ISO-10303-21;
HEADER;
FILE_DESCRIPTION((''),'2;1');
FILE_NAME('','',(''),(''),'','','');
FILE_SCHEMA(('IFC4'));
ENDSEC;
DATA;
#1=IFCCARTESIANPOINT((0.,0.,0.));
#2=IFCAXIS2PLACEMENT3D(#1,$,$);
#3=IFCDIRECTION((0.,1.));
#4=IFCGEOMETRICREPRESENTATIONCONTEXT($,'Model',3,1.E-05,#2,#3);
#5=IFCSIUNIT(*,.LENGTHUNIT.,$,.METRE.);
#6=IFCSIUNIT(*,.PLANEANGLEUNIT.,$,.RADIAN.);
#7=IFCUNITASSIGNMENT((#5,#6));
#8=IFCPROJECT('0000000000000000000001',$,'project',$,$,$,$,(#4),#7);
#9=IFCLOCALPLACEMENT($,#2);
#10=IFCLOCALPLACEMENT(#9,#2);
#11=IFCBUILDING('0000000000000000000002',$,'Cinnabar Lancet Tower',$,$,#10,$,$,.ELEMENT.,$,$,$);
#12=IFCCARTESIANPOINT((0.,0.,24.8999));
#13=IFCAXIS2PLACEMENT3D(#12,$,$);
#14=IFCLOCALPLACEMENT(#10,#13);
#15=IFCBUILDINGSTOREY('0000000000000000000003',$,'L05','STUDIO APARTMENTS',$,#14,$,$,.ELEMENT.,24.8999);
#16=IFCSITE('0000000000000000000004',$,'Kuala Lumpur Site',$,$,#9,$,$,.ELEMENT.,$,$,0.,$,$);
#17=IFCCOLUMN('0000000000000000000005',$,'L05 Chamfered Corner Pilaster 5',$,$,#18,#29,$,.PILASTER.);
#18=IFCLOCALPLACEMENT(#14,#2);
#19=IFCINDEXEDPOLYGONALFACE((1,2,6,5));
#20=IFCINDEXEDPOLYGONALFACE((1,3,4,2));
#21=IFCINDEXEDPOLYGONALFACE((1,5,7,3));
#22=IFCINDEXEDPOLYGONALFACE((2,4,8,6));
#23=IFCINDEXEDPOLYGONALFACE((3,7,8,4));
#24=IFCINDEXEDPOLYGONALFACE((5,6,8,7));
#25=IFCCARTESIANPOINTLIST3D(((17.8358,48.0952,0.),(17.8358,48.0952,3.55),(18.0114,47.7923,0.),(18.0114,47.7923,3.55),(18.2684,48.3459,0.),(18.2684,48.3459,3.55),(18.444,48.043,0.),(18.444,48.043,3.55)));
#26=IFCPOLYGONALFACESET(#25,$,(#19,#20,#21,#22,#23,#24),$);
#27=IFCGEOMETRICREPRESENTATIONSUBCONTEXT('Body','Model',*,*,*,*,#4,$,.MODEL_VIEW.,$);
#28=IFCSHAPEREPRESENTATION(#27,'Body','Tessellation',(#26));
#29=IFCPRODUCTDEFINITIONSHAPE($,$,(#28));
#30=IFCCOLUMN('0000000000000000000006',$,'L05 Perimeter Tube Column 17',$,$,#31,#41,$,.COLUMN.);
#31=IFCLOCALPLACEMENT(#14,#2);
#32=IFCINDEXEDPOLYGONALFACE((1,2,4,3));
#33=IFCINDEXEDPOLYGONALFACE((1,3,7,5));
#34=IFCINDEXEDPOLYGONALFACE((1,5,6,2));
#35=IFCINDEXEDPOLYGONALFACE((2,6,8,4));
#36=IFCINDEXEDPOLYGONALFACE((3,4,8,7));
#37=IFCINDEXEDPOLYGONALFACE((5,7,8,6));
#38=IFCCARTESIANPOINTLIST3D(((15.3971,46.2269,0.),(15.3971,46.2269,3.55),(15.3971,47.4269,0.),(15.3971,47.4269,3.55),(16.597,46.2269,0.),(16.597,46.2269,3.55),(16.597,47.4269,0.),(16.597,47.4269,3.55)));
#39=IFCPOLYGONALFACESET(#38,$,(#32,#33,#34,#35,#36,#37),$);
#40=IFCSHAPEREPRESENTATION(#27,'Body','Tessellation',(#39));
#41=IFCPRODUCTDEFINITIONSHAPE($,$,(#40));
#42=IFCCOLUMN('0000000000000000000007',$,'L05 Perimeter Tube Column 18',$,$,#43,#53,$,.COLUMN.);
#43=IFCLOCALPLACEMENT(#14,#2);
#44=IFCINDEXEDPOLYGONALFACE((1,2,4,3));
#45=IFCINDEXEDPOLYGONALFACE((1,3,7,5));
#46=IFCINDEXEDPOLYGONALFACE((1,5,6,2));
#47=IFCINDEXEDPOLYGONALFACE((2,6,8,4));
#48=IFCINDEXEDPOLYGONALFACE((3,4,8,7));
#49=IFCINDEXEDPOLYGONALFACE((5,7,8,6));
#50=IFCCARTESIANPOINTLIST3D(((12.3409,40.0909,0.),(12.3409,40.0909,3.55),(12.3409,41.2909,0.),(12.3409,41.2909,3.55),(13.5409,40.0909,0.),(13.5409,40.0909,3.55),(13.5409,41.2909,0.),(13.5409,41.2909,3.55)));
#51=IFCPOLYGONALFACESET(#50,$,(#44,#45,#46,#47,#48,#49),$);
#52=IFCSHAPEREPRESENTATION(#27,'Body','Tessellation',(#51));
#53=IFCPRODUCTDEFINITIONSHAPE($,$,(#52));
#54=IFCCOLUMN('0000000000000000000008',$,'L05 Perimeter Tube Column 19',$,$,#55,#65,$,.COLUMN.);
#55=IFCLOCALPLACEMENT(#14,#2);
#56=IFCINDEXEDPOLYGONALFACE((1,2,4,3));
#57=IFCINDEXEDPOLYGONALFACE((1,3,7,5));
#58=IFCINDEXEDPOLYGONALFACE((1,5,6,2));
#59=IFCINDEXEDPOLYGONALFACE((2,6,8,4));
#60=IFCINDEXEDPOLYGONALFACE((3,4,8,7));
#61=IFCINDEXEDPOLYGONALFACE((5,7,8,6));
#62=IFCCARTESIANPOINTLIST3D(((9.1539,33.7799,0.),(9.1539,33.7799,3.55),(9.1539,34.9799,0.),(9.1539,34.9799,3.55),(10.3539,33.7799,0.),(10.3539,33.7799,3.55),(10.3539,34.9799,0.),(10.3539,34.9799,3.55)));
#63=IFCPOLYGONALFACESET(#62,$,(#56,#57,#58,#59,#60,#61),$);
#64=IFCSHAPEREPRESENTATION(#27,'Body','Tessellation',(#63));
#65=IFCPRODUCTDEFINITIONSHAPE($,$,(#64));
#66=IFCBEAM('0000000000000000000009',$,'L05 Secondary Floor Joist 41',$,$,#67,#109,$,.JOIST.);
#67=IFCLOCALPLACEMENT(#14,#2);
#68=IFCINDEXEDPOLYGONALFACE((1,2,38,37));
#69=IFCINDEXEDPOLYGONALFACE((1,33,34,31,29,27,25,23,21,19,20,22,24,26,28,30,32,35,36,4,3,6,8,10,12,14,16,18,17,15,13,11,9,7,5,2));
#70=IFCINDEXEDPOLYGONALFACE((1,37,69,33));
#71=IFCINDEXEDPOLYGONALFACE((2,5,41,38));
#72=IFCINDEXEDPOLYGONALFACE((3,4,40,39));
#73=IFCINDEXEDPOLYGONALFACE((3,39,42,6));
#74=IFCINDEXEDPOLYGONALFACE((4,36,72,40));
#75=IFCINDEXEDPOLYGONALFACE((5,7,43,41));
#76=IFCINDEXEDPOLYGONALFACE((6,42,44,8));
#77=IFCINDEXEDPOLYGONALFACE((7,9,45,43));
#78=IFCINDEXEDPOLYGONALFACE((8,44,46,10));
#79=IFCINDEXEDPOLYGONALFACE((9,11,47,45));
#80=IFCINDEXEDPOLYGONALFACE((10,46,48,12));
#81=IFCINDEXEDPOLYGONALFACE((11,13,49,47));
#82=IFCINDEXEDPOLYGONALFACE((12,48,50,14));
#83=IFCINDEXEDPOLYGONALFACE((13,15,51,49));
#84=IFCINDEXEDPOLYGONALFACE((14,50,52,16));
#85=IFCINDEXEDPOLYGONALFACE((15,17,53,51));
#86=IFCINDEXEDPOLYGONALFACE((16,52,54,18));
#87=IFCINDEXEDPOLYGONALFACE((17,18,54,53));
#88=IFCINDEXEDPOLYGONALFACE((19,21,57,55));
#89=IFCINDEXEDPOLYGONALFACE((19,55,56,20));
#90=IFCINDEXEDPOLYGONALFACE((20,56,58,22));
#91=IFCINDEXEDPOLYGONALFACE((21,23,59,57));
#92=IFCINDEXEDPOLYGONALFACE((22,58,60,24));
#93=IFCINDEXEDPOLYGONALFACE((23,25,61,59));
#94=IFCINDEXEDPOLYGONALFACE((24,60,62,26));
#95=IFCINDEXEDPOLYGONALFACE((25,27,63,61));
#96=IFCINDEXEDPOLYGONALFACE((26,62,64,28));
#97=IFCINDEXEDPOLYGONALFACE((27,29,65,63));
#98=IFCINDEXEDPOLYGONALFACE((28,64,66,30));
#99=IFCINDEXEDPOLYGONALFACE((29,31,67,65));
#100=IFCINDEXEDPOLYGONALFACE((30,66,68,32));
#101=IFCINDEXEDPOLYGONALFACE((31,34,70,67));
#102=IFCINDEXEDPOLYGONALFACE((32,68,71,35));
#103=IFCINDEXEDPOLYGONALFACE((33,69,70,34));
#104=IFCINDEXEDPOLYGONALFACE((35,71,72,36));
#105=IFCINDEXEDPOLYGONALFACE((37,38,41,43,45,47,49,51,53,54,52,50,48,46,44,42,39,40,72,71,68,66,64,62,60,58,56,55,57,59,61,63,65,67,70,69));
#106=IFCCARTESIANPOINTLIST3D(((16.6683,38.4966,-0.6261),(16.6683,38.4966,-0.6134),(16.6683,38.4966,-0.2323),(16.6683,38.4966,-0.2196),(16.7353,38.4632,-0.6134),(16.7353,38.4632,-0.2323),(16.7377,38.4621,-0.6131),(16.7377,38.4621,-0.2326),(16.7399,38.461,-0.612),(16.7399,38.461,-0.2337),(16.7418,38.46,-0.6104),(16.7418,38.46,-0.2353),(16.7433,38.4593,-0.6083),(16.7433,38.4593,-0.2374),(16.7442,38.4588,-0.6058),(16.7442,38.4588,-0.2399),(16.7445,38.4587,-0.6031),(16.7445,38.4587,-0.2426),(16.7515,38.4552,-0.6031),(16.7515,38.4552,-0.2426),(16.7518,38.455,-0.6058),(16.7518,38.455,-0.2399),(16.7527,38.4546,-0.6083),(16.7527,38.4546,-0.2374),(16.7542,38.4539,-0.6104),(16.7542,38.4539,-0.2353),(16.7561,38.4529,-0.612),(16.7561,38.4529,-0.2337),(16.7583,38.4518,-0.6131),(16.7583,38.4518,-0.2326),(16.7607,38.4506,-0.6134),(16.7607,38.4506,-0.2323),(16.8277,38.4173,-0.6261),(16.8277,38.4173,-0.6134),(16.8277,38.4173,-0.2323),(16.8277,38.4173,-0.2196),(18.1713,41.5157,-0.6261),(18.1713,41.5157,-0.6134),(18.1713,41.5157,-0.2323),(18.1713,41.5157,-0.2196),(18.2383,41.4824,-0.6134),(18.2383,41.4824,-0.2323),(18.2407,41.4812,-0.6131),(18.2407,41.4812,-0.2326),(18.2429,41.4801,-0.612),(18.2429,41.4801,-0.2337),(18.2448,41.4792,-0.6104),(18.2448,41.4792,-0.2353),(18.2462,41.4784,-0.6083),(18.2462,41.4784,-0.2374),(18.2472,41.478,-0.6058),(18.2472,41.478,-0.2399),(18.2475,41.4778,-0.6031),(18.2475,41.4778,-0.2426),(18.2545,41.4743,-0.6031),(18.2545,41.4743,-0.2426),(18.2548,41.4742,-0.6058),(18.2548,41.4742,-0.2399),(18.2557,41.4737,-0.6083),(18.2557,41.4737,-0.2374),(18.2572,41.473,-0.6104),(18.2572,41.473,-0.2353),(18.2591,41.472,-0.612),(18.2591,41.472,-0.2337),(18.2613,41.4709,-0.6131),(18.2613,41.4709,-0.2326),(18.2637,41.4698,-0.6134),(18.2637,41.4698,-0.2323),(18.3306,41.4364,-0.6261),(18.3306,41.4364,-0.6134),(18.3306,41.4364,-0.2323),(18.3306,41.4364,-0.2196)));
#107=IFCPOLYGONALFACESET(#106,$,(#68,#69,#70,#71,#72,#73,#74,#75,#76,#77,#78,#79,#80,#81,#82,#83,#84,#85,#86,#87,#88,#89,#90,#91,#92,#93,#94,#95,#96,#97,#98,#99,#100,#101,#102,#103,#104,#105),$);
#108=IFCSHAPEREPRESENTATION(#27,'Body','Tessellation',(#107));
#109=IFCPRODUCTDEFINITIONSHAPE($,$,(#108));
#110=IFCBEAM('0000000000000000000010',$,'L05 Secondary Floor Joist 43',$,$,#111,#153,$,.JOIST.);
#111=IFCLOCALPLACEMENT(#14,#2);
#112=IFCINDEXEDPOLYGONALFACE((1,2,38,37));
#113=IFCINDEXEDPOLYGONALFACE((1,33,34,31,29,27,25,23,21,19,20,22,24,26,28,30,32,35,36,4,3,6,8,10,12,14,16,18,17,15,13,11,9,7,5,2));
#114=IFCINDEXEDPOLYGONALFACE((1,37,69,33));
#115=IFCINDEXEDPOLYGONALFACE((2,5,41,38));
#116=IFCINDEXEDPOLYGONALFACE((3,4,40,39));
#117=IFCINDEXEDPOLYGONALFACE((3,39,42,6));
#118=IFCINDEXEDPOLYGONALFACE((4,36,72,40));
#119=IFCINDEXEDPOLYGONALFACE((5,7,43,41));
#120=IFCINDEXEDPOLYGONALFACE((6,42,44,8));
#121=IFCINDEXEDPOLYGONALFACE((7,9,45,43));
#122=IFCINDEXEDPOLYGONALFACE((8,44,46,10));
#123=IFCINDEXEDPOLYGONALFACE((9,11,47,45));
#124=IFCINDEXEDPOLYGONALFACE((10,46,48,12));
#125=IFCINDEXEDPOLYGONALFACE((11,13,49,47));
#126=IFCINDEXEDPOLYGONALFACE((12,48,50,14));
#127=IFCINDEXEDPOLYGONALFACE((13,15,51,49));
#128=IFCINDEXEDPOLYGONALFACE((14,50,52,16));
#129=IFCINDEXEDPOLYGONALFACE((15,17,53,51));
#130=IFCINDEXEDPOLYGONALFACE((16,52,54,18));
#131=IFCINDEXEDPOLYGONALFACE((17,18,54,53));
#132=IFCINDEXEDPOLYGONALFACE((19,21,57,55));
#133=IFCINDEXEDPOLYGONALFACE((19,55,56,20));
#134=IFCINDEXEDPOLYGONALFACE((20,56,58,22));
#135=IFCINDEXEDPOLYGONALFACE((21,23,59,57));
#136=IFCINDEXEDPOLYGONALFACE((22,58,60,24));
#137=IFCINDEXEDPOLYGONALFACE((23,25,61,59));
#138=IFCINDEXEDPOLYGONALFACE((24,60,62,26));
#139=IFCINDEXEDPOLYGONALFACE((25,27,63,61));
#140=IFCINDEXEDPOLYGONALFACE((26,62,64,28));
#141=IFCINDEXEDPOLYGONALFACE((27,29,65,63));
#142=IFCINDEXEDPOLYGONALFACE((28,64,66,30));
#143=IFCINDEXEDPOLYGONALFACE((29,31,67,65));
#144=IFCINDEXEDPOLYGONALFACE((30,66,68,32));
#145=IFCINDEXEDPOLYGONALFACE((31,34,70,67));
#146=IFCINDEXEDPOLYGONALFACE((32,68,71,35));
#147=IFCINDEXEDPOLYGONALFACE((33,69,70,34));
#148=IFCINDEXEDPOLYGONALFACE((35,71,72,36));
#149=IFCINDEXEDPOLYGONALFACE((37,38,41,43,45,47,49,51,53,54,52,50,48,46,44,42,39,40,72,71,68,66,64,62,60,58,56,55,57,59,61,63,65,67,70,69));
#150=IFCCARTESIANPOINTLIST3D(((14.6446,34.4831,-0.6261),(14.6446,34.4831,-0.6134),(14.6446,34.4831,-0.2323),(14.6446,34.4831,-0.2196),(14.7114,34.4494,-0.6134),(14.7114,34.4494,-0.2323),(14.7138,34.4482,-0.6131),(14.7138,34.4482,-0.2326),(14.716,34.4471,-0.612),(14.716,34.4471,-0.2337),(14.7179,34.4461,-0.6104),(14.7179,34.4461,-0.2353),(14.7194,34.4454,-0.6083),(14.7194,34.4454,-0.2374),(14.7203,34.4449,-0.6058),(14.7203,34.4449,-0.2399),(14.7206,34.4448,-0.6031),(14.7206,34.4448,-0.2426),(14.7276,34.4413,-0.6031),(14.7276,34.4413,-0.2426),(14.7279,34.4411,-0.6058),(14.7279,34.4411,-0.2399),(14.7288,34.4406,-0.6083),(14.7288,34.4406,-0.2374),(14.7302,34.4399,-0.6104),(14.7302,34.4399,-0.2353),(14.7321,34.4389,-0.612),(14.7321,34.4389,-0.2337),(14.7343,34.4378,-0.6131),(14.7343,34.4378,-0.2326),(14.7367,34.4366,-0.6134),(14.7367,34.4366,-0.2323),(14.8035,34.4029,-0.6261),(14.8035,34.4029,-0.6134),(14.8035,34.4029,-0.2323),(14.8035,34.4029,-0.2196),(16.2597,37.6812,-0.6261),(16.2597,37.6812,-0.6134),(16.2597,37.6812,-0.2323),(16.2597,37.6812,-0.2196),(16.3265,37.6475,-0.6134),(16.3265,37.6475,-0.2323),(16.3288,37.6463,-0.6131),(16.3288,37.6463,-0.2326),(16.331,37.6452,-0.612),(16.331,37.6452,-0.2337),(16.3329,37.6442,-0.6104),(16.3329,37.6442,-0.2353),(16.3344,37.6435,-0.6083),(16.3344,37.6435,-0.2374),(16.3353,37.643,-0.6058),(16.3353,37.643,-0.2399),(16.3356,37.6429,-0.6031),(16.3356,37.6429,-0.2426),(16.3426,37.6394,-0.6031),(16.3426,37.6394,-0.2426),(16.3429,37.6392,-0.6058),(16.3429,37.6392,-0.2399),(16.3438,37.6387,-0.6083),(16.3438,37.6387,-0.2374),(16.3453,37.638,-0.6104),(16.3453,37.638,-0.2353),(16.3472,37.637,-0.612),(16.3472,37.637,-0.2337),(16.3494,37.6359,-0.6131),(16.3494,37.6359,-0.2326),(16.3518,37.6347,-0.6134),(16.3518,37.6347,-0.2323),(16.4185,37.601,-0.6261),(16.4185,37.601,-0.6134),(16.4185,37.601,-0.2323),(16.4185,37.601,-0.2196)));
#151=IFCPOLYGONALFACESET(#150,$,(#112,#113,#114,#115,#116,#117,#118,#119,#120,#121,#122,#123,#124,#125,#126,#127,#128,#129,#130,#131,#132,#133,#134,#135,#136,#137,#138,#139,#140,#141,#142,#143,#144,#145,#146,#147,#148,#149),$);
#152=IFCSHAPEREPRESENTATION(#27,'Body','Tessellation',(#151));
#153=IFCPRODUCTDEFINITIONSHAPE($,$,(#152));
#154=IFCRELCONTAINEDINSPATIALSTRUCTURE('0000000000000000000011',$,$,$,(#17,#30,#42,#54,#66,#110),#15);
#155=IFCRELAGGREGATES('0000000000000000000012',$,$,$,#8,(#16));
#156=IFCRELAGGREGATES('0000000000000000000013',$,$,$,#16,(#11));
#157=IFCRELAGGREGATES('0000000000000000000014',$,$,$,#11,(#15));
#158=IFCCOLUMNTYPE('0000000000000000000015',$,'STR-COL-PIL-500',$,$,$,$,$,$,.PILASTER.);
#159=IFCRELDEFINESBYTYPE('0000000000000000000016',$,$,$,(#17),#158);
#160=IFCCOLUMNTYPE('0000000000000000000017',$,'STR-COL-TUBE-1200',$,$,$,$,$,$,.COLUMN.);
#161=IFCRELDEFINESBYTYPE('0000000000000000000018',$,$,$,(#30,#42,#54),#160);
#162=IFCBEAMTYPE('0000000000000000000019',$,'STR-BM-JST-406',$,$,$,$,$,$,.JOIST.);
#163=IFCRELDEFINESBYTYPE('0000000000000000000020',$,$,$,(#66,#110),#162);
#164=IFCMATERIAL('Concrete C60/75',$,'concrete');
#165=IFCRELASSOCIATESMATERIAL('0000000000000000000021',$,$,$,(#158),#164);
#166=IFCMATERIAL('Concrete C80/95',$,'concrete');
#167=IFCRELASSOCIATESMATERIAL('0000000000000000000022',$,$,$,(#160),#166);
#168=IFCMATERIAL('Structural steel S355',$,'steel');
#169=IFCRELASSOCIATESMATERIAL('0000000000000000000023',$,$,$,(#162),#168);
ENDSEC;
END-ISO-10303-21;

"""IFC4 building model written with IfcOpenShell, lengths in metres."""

from ifc_helpers import new_model, si_unit, direction, frame, origin, origin_2d, place, context, subcontext, project, spatial, rectangle, i_section, extrude, material, material_profile, profile_set, type_object, element, save


model = new_model("IFC4")

# Units and contexts
model_context = context("Model", 3, precision=1e-05, world=origin(), true_north=direction((0.0, 1.0)))
body_context = subcontext(model_context, "Body", "Model", "MODEL_VIEW")
ifc_project = project(units=[si_unit("LENGTHUNIT", "METRE"), si_unit("PLANEANGLEUNIT", "RADIAN")], contexts=[model_context])

# Site, building, storey
site_placement = place(None, origin())
site = spatial("IfcSite", under=ifc_project, at=site_placement, Name="Kuala Lumpur Site", CompositionType="ELEMENT", RefElevation=0.0)
building_placement = place(site_placement, origin())
building = spatial("IfcBuilding", under=site, at=building_placement, Name="Cinnabar Lancet Tower", CompositionType="ELEMENT")
storey_placement = place(building_placement, frame((0.0, 0.0, 24.8999)))
storey = spatial("IfcBuildingStorey", under=building, at=storey_placement, Name="L05", Description="STUDIO APARTMENTS", CompositionType="ELEMENT", Elevation=24.8999)

# Columns
ifc_material_1 = material(Name="Concrete C60/75", Category="concrete")
ifc_material_profile_1 = material_profile(ifc_material_1, rectangle(XDim=0.5, YDim=0.3501, at=origin_2d()), Name="RC-PIL 500x350")
ifc_profile_set_1 = profile_set([ifc_material_profile_1], Name="Concrete C60/75")
column_type_1 = type_object("IfcColumnType", Name="STR-COL-PIL-500", PredefinedType="PILASTER", material=ifc_profile_set_1)
column_placement = place(storey_placement, frame((18.1399, 48.0691, 0.0), z_axis=(0.0, 0.0, 1.0), x_axis=(-0.865195, -0.501435, 0.0)))
element("IfcColumn", 1, at=column_placement, inside=storey, type_object=column_type_1, Name="L05 Chamfered Corner Pilaster 5", PredefinedType="PILASTER", context=body_context, shape_type="SweptSolid", body=[
    extrude(rectangle(XDim=0.5, YDim=0.3501, at=origin_2d()), origin(), (0.0, 0.0, 1.0), 3.55),
])
ifc_material_2 = material(Name="Concrete C80/95", Category="concrete")
ifc_material_profile_2 = material_profile(ifc_material_2, rectangle(XDim=1.2, YDim=1.2, at=origin_2d()), Name="RC-COL 1200x1200")
ifc_profile_set_2 = profile_set([ifc_material_profile_2], Name="Concrete C80/95")
column_type_2 = type_object("IfcColumnType", Name="STR-COL-TUBE-1200", PredefinedType="COLUMN", material=ifc_profile_set_2)
for number, where, z_axis, x_axis, name in (
    (2, (15.9971, 46.8269, 0.0), (0.0, 0.0, 1.0), (1.0, 0.0, 0.0), "L05 Perimeter Tube Column 17"),
    (3, (12.9409, 40.6909, 0.0), (0.0, 0.0, 1.0), (1.0, 0.0, 0.0), "L05 Perimeter Tube Column 18"),
    (4, (9.7539, 34.3799, 0.0), (0.0, 0.0, 1.0), (1.0, 0.0, 0.0), "L05 Perimeter Tube Column 19"),
):
    element("IfcColumn", number, at=place(storey_placement, frame(where, z_axis=z_axis, x_axis=x_axis)), inside=storey, type_object=column_type_2, Name=name, PredefinedType="COLUMN", context=body_context, shape_type="SweptSolid", body=[
        extrude(rectangle(XDim=1.2, YDim=1.2, at=origin_2d()), origin(), (0.0, 0.0, 1.0), 3.55),
    ])

# Beams
ifc_material_3 = material(Name="Structural steel S355", Category="steel")
ifc_material_profile_3 = material_profile(ifc_material_3, i_section(OverallWidth=0.178, OverallDepth=0.4065, WebThickness=0.0078, FlangeThickness=0.0127, FilletRadius=0.0103, at=origin_2d()), Name="UKB 406x178x60")
ifc_profile_set_3 = profile_set([ifc_material_profile_3], Name="Structural steel S355")
beam_type_1 = type_object("IfcBeamType", Name="STR-BM-JST-406", PredefinedType="JOIST", material=ifc_profile_set_3)
beam_1_placement = place(storey_placement, frame((18.251, 41.4761, -0.4229), z_axis=(-0.445649, -0.895208, 0.0), x_axis=(0.895208, -0.445649, 0.0)))
element("IfcBeam", 5, at=beam_1_placement, inside=storey, type_object=beam_type_1, Name="L05 Secondary Floor Joist 41", PredefinedType="JOIST", context=body_context, shape_type="SweptSolid", body=[
    extrude(i_section(OverallWidth=0.178, OverallDepth=0.4065, WebThickness=0.0078, FlangeThickness=0.0127, FilletRadius=0.0103, at=origin_2d()), origin(), (0.0, 0.0, 1.0), 3.3726),
])
beam_2_placement = place(storey_placement, frame((16.3391, 37.6411, -0.4229), z_axis=(-0.450781, -0.892635, 0.0), x_axis=(0.892635, -0.450781, 0.0)))
element("IfcBeam", 6, at=beam_2_placement, inside=storey, type_object=beam_type_1, Name="L05 Secondary Floor Joist 43", PredefinedType="JOIST", context=body_context, shape_type="SweptSolid", body=[
    extrude(i_section(OverallWidth=0.178, OverallDepth=0.4065, WebThickness=0.0078, FlangeThickness=0.0127, FilletRadius=0.0103, at=origin_2d()), origin(), (0.0, 0.0, 1.0), 3.5828),
])

save(model, "model.ifc")
